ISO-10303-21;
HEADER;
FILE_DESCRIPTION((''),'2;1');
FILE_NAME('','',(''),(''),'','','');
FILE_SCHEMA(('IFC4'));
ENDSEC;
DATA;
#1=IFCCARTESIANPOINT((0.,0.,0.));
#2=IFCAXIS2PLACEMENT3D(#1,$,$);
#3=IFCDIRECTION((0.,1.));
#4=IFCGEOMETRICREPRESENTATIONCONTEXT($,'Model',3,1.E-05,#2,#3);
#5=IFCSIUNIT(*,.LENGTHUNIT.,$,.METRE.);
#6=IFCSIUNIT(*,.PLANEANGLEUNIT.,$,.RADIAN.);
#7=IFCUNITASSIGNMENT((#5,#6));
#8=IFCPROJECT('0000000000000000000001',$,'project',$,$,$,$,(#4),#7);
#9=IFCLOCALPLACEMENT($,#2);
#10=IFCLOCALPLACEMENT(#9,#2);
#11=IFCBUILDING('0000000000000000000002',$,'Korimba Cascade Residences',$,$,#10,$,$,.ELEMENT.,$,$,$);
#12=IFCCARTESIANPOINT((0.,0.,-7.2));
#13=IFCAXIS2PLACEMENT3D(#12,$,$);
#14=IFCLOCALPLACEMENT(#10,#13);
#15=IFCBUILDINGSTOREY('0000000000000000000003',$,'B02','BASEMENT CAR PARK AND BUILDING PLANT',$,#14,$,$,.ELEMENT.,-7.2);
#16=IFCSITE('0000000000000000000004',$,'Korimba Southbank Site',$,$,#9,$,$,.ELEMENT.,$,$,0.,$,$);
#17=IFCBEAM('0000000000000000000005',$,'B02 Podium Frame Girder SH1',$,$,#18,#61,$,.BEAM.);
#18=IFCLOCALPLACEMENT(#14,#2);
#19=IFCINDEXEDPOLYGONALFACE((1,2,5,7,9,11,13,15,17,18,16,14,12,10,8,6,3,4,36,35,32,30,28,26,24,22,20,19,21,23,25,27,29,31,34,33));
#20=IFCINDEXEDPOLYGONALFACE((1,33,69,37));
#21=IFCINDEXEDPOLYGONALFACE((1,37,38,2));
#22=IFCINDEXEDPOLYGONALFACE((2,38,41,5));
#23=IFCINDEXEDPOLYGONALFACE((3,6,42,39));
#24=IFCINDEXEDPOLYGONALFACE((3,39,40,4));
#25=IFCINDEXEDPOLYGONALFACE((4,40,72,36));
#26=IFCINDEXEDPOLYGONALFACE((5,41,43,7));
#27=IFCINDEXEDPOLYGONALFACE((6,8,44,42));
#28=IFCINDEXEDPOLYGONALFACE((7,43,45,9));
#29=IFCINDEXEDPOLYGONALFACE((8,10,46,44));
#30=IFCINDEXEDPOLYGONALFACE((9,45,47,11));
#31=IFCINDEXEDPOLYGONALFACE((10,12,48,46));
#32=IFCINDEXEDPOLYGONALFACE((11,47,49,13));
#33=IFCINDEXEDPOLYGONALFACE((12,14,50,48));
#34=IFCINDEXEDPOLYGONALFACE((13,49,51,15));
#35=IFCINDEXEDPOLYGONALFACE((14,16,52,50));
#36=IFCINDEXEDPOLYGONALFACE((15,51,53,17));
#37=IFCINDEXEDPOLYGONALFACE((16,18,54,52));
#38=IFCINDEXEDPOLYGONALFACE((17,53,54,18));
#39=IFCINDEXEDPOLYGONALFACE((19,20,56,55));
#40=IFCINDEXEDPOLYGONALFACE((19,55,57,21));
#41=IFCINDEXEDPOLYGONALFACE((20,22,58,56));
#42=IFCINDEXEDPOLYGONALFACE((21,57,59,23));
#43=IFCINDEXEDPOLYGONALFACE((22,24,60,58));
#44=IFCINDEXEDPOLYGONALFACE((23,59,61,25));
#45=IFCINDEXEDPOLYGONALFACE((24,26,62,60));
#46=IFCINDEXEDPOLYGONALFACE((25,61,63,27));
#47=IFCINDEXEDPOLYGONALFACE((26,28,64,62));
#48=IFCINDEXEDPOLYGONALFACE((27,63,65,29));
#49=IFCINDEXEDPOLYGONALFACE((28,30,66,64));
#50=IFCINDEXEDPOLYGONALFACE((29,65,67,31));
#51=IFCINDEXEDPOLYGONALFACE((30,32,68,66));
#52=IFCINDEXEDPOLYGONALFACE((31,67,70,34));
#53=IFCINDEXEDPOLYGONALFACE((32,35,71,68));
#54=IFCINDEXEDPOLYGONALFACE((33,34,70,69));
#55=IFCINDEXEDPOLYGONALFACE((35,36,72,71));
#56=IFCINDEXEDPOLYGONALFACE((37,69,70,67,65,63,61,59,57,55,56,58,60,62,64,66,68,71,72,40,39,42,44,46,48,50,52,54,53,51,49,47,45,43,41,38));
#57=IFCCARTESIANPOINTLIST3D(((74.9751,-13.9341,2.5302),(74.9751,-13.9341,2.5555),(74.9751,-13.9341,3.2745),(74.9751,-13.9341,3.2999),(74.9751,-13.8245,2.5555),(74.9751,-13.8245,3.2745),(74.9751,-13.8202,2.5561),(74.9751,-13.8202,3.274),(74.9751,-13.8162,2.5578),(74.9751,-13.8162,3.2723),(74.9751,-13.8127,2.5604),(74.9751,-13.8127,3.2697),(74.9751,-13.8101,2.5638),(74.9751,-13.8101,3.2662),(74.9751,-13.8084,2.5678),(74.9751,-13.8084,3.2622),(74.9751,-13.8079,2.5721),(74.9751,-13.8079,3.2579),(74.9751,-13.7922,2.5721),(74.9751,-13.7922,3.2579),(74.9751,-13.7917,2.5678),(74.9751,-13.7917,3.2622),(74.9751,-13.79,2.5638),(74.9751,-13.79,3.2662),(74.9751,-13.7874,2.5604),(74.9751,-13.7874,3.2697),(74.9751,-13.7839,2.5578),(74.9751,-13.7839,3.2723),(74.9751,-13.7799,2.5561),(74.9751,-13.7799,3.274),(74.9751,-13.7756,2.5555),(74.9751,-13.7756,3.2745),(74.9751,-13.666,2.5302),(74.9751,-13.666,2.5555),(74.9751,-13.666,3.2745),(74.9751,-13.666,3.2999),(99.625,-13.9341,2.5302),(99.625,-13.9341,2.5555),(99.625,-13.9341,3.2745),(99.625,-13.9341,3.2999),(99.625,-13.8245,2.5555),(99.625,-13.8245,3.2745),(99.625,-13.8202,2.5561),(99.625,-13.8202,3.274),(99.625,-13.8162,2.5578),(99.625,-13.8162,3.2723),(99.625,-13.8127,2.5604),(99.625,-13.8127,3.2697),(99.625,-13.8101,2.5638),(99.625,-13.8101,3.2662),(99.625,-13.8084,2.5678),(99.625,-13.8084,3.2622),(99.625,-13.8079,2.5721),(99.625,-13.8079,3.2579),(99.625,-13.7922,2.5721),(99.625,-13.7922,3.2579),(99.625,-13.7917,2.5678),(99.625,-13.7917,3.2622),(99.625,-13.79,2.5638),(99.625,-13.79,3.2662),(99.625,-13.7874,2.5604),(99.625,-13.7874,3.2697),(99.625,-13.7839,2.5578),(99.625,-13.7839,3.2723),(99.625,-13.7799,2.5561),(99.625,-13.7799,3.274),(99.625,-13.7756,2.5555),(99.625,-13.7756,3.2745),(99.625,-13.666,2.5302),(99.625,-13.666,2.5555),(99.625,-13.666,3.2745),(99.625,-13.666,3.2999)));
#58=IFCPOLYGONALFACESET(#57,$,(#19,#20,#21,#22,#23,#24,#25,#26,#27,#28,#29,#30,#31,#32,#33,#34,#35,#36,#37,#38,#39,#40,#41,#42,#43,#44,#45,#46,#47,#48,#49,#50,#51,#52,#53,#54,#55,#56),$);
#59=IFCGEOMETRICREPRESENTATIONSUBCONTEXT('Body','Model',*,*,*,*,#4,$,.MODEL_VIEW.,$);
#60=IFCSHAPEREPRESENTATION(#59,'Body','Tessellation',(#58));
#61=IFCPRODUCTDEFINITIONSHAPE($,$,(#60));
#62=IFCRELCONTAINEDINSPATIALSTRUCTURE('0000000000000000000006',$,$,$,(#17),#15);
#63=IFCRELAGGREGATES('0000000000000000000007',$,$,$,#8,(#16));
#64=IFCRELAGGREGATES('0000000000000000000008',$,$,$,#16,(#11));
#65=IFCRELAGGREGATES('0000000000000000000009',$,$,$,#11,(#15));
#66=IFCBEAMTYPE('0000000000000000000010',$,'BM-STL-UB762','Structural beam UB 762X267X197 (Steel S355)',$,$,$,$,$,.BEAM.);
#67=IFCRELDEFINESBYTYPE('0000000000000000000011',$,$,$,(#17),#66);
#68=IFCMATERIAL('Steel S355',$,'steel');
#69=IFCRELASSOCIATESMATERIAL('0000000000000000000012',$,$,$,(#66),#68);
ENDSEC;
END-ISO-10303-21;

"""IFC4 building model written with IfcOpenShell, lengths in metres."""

from ifc_helpers import new_model, si_unit, direction, frame, origin, origin_2d, place, context, subcontext, project, spatial, i_section, extrude, material, material_profile, profile_set, type_object, element, save


model = new_model("IFC4")

# Units and contexts
model_context = context("Model", 3, precision=1e-05, world=origin(), true_north=direction((0.0, 1.0)))
body_context = subcontext(model_context, "Body", "Model", "MODEL_VIEW")
ifc_project = project(units=[si_unit("LENGTHUNIT", "METRE"), si_unit("PLANEANGLEUNIT", "RADIAN")], contexts=[model_context])

# Site, building, storey
site_placement = place(None, origin())
site = spatial("IfcSite", under=ifc_project, at=site_placement, Name="Korimba Southbank Site", CompositionType="ELEMENT", RefElevation=0.0)
building_placement = place(site_placement, origin())
building = spatial("IfcBuilding", under=site, at=building_placement, Name="Korimba Cascade Residences", CompositionType="ELEMENT")
storey_placement = place(building_placement, frame((0.0, 0.0, -7.2)))
storey = spatial("IfcBuildingStorey", under=building, at=storey_placement, Name="B02", Description="BASEMENT CAR PARK AND BUILDING PLANT", CompositionType="ELEMENT", Elevation=-7.2)

# Beam
ifc_material_1 = material(Name="Steel S355", Category="steel")
ifc_material_profile_1 = material_profile(ifc_material_1, i_section(OverallWidth=0.2681, OverallDepth=0.7698, WebThickness=0.0156, FlangeThickness=0.0254, FilletRadius=0.0166, at=origin_2d()), Name="Steel S355")
ifc_profile_set_1 = profile_set([ifc_material_profile_1], Name="Steel S355")
beam_type_1 = type_object("IfcBeamType", Name="BM-STL-UB762", Description="Structural beam UB 762X267X197 (Steel S355)", PredefinedType="BEAM", material=ifc_profile_set_1)
beam_1_placement = place(storey_placement, frame((74.9751, -13.8, 2.915), z_axis=(1.0, 0.0, 0.0), x_axis=(0.0, 1.0, 0.0)))
element("IfcBeam", 1, at=beam_1_placement, inside=storey, type_object=beam_type_1, Name="B02 Podium Frame Girder SH1", PredefinedType="BEAM", context=body_context, shape_type="SweptSolid", body=[
    extrude(i_section(OverallWidth=0.2681, OverallDepth=0.7698, WebThickness=0.0156, FlangeThickness=0.0254, FilletRadius=0.0166, at=origin_2d()), origin(), (0.0, 0.0, 1.0), 24.6499),
])

save(model, "model.ifc")
